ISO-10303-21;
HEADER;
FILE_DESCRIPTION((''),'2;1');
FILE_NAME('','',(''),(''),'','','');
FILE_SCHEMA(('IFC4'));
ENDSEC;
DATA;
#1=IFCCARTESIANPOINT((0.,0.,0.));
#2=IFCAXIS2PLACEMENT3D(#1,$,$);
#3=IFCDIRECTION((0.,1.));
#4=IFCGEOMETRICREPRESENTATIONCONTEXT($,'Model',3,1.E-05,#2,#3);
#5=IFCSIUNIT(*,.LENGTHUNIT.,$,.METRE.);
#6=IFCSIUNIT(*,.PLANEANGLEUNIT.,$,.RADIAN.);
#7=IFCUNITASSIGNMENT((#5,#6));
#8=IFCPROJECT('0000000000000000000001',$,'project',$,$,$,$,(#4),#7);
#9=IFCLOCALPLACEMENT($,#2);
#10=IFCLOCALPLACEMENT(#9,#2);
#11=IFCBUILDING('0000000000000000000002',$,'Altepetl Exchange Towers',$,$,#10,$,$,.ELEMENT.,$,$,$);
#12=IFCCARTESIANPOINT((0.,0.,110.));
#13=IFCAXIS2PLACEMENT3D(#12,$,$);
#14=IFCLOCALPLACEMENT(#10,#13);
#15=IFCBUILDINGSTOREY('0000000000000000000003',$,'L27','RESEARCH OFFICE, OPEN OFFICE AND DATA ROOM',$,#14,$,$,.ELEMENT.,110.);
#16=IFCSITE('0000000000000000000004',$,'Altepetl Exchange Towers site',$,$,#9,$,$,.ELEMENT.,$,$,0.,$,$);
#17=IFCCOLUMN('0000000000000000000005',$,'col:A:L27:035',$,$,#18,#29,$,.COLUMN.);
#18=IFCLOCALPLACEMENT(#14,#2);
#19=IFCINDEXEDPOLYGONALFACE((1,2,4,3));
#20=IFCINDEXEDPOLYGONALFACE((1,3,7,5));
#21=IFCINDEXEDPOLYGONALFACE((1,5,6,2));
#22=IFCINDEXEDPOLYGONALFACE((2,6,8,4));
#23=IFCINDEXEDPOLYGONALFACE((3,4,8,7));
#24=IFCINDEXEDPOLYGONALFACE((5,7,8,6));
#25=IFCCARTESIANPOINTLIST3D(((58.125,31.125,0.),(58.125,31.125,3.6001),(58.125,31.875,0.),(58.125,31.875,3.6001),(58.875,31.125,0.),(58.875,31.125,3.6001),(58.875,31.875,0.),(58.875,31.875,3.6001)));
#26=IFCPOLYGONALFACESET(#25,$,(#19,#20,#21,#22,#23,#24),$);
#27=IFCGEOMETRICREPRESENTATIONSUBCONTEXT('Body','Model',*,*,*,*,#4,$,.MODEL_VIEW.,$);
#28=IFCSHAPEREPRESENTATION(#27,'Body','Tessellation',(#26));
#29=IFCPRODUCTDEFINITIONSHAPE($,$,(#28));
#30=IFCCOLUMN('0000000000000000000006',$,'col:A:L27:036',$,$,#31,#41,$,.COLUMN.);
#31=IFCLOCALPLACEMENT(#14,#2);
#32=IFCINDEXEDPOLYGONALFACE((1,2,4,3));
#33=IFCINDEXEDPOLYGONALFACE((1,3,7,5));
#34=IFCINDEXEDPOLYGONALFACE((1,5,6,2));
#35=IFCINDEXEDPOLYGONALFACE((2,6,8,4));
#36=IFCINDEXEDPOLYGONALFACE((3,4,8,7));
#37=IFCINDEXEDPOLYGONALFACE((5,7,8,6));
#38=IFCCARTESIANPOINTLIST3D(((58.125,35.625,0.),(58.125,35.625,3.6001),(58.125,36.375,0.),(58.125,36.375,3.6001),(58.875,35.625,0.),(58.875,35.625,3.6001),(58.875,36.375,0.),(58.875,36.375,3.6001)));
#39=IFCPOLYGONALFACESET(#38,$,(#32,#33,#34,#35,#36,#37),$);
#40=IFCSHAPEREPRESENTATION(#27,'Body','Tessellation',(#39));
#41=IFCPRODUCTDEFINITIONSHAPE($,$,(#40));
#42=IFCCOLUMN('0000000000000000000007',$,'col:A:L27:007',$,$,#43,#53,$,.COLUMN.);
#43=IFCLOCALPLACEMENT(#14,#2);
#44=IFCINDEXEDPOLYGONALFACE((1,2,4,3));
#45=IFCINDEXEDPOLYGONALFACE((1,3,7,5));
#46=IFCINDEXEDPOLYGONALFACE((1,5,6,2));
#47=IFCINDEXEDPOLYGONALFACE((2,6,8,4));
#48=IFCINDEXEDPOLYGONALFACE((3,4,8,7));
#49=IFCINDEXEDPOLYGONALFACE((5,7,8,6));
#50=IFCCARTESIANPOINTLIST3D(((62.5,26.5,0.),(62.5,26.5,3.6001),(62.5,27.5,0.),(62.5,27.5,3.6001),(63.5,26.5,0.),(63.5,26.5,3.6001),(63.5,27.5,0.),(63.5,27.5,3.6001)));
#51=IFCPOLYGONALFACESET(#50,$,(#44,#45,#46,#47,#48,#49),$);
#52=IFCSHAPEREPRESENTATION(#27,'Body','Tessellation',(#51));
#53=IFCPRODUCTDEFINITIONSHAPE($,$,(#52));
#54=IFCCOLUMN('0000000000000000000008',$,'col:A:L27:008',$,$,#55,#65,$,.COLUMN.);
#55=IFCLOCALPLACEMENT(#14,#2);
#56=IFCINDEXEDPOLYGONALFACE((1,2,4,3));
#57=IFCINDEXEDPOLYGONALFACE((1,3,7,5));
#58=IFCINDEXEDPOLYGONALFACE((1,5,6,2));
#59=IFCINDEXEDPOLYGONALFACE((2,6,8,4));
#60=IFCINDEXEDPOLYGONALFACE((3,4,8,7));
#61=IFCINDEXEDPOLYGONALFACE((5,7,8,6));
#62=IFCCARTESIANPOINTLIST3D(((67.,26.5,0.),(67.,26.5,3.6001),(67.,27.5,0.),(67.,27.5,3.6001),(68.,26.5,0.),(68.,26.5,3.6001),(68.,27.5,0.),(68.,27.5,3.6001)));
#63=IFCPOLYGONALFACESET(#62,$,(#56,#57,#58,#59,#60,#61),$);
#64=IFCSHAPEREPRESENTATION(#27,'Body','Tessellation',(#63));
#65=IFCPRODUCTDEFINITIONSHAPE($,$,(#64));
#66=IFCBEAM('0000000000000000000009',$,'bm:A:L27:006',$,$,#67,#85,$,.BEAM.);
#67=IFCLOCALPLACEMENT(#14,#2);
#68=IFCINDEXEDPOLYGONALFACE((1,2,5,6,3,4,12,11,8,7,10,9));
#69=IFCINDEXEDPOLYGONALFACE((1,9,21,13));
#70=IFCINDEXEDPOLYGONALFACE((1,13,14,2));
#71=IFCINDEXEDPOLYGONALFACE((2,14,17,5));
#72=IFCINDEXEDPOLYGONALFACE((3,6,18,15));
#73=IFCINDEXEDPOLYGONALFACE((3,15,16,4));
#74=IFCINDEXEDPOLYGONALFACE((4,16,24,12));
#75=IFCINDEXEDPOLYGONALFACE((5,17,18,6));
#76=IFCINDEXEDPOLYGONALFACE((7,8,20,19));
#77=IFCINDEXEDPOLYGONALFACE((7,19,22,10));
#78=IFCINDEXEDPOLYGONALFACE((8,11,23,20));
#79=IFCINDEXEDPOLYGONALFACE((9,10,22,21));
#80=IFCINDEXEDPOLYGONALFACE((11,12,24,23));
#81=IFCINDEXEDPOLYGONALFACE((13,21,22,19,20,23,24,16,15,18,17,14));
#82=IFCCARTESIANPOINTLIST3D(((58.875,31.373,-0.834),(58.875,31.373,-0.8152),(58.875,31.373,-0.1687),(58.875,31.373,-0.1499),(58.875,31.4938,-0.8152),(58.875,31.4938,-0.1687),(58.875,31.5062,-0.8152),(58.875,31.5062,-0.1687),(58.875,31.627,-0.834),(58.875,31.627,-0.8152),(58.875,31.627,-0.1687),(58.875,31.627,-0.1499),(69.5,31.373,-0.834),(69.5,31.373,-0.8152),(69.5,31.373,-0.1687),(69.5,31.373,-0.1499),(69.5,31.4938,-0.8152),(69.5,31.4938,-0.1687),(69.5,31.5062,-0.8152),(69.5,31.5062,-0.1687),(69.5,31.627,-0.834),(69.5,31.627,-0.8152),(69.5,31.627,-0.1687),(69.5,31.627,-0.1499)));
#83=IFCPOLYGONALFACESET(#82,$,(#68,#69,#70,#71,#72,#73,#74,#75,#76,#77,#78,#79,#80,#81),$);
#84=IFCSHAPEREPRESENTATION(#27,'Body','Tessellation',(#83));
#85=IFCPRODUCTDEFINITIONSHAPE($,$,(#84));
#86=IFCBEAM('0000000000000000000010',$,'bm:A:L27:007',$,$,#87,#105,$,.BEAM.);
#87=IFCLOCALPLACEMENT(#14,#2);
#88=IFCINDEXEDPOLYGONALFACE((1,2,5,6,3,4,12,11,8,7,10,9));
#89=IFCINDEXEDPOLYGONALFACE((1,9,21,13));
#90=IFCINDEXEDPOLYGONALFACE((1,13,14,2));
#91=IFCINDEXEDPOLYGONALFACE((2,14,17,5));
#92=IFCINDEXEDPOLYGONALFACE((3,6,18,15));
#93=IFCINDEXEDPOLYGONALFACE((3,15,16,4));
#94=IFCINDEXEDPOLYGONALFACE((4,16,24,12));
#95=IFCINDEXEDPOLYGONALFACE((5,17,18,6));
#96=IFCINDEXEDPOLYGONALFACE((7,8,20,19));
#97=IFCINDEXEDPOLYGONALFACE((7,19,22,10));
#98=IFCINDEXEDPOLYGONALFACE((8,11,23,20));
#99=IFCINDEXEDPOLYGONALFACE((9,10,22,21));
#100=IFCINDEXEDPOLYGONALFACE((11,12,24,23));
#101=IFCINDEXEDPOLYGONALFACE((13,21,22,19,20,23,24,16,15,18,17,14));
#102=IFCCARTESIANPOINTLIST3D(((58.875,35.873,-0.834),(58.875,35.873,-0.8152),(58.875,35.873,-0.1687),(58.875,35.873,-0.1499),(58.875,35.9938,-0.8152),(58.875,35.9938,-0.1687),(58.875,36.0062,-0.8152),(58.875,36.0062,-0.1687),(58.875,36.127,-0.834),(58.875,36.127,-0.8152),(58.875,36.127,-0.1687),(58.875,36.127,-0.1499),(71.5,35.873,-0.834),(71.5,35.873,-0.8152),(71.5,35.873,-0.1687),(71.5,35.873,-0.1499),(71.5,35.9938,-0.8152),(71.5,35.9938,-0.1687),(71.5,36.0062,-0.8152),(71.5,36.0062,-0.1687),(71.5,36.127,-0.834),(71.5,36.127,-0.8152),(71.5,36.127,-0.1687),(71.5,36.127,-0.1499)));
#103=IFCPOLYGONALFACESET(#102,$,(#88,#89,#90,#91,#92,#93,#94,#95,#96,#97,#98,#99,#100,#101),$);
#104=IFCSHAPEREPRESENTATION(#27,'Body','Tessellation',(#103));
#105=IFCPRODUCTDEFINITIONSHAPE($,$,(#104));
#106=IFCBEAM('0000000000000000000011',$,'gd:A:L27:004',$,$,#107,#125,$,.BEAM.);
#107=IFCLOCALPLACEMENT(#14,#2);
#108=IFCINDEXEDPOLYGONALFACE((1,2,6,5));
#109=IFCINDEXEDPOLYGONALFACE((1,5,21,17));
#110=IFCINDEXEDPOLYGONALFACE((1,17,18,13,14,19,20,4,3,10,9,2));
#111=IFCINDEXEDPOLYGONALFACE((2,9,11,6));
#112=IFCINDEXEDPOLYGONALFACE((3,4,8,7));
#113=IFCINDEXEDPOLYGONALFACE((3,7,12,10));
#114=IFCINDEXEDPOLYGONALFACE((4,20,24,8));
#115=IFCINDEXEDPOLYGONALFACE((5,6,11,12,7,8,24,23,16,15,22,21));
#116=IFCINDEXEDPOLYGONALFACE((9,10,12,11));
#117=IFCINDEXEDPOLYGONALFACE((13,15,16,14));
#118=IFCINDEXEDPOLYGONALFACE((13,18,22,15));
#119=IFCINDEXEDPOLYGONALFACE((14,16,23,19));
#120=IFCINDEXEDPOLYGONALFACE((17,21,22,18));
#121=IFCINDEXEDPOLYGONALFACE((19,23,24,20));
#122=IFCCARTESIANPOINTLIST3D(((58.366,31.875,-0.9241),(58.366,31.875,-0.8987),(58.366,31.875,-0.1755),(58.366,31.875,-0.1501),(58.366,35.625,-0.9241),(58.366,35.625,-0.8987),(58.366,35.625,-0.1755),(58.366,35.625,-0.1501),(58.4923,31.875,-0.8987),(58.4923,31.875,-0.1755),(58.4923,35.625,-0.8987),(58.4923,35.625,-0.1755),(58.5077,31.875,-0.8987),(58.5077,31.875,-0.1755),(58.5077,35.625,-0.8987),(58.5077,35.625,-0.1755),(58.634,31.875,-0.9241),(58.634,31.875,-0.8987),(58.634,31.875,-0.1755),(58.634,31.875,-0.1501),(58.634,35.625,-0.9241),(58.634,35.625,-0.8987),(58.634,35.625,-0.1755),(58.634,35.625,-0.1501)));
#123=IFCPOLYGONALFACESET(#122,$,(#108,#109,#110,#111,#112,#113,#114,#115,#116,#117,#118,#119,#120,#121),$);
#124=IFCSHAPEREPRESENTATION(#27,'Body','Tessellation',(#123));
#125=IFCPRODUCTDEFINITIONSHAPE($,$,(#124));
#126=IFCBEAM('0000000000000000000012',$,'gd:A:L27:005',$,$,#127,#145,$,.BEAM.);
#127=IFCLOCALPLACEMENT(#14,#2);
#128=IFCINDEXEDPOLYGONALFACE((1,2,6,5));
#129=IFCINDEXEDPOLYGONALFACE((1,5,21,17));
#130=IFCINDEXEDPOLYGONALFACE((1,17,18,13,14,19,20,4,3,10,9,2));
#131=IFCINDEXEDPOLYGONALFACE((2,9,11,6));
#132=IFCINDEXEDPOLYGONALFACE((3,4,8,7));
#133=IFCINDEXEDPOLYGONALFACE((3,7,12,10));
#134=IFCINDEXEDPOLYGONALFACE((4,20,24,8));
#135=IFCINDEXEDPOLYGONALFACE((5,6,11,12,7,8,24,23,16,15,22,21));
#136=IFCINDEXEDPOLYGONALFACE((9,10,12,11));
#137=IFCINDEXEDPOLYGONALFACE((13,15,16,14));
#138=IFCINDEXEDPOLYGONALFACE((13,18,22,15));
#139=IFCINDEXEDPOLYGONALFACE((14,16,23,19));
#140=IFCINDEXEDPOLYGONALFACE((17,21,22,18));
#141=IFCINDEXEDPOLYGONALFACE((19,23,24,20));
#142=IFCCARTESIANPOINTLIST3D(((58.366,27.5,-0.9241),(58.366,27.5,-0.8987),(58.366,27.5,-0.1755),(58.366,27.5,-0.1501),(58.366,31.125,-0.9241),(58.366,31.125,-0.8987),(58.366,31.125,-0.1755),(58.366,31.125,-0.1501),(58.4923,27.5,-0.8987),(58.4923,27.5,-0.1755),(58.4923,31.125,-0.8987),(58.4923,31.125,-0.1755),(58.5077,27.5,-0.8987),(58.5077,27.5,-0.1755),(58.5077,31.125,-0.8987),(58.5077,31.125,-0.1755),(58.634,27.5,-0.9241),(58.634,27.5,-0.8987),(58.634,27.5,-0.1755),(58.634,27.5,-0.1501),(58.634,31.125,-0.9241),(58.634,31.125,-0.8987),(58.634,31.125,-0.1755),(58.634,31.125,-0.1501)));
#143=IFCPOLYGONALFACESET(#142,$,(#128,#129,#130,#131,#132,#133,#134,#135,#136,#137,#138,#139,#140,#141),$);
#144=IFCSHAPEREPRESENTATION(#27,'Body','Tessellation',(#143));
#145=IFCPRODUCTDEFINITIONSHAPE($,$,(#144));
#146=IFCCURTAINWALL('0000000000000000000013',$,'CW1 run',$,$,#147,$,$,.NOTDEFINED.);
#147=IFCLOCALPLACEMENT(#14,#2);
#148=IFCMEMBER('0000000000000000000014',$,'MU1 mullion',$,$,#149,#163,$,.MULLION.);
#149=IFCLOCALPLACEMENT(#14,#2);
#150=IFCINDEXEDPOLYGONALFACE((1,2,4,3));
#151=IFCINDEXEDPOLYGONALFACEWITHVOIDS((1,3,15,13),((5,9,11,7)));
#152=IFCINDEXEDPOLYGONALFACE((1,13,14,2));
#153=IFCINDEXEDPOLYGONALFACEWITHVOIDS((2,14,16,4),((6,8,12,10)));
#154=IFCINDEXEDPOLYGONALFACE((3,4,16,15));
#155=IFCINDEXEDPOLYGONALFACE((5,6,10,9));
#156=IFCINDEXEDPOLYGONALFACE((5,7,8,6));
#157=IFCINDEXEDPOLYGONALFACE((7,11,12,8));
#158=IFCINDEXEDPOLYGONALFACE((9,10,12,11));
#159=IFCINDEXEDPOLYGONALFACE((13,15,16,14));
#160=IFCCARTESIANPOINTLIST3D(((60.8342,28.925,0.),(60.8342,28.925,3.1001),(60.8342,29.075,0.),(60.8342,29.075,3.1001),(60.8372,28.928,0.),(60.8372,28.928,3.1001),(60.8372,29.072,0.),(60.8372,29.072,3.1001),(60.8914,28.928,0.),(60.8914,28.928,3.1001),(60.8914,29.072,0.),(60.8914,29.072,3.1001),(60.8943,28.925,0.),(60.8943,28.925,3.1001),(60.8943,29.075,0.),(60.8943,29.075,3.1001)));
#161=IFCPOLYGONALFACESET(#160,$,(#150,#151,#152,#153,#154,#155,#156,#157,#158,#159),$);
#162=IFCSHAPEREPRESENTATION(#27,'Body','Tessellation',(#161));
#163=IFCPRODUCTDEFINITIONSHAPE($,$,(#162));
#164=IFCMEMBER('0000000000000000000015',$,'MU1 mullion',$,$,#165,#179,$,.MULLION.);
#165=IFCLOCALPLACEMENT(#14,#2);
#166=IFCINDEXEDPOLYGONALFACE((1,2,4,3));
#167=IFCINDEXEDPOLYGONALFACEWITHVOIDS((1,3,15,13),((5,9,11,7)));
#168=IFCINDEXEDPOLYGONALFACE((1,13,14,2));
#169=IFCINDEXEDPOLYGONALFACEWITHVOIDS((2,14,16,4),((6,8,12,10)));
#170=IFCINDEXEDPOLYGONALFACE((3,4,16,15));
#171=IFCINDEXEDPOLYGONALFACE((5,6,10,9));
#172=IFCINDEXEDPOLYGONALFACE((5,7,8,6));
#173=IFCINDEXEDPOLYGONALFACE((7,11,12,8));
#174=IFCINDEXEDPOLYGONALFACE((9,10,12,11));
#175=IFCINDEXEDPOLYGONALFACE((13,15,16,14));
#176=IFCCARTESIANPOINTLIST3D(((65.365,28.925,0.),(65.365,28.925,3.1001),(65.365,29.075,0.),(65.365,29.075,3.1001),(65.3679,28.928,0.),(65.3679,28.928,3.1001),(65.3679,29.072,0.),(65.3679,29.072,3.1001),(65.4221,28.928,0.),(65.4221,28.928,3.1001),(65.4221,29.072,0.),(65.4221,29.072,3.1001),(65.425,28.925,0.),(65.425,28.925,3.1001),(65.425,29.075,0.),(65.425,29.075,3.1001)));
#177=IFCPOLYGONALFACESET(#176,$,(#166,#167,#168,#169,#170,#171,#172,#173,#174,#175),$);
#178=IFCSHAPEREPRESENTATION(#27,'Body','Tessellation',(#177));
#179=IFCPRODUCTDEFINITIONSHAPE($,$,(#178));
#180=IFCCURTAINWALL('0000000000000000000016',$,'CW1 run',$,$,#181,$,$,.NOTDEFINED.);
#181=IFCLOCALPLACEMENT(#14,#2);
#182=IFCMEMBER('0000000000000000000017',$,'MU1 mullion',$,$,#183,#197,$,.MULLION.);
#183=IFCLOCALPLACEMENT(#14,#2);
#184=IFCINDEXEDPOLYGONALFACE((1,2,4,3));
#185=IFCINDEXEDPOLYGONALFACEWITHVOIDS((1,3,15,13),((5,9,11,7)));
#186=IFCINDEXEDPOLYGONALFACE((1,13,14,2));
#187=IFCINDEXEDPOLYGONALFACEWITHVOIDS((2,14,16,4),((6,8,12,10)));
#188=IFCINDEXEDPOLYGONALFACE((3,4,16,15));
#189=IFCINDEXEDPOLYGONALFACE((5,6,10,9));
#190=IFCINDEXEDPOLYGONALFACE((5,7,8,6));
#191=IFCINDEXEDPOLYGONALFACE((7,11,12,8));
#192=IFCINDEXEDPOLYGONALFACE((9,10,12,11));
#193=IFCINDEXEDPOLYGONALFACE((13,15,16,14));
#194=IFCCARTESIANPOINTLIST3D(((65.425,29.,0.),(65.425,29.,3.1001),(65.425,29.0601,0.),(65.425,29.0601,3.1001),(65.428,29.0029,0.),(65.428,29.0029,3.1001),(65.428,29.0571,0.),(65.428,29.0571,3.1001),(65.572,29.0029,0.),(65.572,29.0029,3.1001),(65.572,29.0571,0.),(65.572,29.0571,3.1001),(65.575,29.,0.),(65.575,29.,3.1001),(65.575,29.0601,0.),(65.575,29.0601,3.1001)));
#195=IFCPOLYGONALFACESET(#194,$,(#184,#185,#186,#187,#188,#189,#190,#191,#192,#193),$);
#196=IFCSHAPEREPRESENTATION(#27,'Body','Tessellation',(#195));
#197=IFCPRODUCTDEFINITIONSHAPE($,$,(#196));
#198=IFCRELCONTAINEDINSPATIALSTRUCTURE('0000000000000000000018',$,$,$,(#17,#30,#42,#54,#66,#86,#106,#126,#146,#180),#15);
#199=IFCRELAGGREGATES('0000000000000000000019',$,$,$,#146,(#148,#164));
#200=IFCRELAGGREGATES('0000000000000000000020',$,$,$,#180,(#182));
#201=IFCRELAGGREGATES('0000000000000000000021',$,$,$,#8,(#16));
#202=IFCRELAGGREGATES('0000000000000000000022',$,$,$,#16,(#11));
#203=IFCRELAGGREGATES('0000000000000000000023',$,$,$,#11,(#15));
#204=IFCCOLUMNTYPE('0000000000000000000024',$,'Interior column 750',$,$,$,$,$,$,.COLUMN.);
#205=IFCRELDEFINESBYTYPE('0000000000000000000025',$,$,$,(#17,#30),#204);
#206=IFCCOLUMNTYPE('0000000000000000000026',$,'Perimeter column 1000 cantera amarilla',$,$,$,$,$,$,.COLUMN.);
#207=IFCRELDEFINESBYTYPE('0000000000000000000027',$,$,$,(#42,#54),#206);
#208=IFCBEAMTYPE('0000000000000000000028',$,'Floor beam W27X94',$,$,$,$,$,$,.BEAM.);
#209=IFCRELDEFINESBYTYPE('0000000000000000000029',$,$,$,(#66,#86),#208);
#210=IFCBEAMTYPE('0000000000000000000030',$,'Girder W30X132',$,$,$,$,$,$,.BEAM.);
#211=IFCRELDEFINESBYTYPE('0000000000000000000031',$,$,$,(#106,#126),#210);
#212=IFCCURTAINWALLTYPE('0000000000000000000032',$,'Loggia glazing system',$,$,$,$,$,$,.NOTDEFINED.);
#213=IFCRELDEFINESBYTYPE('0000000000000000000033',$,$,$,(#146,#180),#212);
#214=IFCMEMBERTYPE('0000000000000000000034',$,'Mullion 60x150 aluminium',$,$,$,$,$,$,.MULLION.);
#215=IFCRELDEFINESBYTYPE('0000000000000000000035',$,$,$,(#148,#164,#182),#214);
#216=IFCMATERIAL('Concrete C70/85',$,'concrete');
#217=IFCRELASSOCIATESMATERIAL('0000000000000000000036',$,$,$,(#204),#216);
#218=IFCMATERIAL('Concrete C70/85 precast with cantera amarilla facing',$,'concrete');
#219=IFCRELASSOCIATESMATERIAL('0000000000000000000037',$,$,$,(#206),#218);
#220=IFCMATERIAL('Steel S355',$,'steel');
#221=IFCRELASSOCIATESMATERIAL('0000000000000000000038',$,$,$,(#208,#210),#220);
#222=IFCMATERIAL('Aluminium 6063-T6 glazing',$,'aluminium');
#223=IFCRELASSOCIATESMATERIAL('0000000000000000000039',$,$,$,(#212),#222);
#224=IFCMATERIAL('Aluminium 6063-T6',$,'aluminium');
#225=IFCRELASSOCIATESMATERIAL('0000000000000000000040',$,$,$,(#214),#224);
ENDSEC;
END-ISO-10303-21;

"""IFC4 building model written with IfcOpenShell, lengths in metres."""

from ifc_helpers import new_model, si_unit, direction, frame, origin, origin_2d, place, context, subcontext, project, spatial, rectangle, hollow_rectangle, i_section, extrude, material, material_profile, profile_set, type_object, element, aggregate, save


model = new_model("IFC4")

# Units and contexts
model_context = context("Model", 3, precision=1e-05, world=origin(), true_north=direction((0.0, 1.0)))
body_context = subcontext(model_context, "Body", "Model", "MODEL_VIEW")
ifc_project = project(units=[si_unit("LENGTHUNIT", "METRE"), si_unit("PLANEANGLEUNIT", "RADIAN")], contexts=[model_context])

# Site, building, storey
site_placement = place(None, origin())
site = spatial("IfcSite", under=ifc_project, at=site_placement, Name="Altepetl Exchange Towers site", CompositionType="ELEMENT", RefElevation=0.0)
building_placement = place(site_placement, origin())
building = spatial("IfcBuilding", under=site, at=building_placement, Name="Altepetl Exchange Towers", CompositionType="ELEMENT")
storey_placement = place(building_placement, frame((0.0, 0.0, 110.0)))
storey = spatial("IfcBuildingStorey", under=building, at=storey_placement, Name="L27", Description="RESEARCH OFFICE, OPEN OFFICE AND DATA ROOM", CompositionType="ELEMENT", Elevation=110.0)

# Columns
ifc_material_1 = material(Name="Concrete C70/85", Category="concrete")
ifc_material_profile_1 = material_profile(ifc_material_1, rectangle(XDim=0.75, YDim=0.75, at=origin_2d()), Name="750 x 750")
ifc_profile_set_1 = profile_set([ifc_material_profile_1], Name="Concrete C70/85")
column_type_1 = type_object("IfcColumnType", Name="Interior column 750", PredefinedType="COLUMN", material=ifc_profile_set_1)
for number, where, name in (
    (1, (58.5, 31.5, 0.0), "col:A:L27:035"),
    (2, (58.5, 36.0, 0.0), "col:A:L27:036"),
):
    element("IfcColumn", number, at=place(storey_placement, frame(where)), inside=storey, type_object=column_type_1, Name=name, PredefinedType="COLUMN", context=body_context, shape_type="SweptSolid", body=[
        extrude(rectangle(XDim=0.75, YDim=0.75, at=origin_2d()), origin(), (0.0, 0.0, 1.0), 3.6001),
    ])
ifc_material_2 = material(Name="Concrete C70/85 precast with cantera amarilla facing", Category="concrete")
ifc_material_profile_2 = material_profile(ifc_material_2, rectangle(XDim=1.0, YDim=1.0, at=origin_2d()), Name="1000 x 1000")
ifc_profile_set_2 = profile_set([ifc_material_profile_2], Name="Concrete C70/85 precast with cantera amarilla facing")
column_type_2 = type_object("IfcColumnType", Name="Perimeter column 1000 cantera amarilla", PredefinedType="COLUMN", material=ifc_profile_set_2)
for number, where, name in (
    (3, (63.0, 27.0, 0.0), "col:A:L27:007"),
    (4, (67.5, 27.0, 0.0), "col:A:L27:008"),
):
    element("IfcColumn", number, at=place(storey_placement, frame(where)), inside=storey, type_object=column_type_2, Name=name, PredefinedType="COLUMN", context=body_context, shape_type="SweptSolid", body=[
        extrude(rectangle(XDim=1.0, YDim=1.0, at=origin_2d()), origin(), (0.0, 0.0, 1.0), 3.6001),
    ])

# Beams
ifc_material_3 = material(Name="Steel S355", Category="steel")
ifc_material_profile_3 = material_profile(ifc_material_3, i_section(OverallWidth=0.2539, OverallDepth=0.6841, WebThickness=0.0125, FlangeThickness=0.0188, at=origin_2d()), Name="W27X94")
ifc_profile_set_3 = profile_set([ifc_material_profile_3], Name="Steel S355")
beam_type_1 = type_object("IfcBeamType", Name="Floor beam W27X94", PredefinedType="BEAM", material=ifc_profile_set_3)
beam_1_placement = place(storey_placement, frame((58.875, 31.5, -0.4919), z_axis=(1.0, 0.0, 0.0), x_axis=(0.0, 1.0, 0.0)))
element("IfcBeam", 5, at=beam_1_placement, inside=storey, type_object=beam_type_1, Name="bm:A:L27:006", PredefinedType="BEAM", context=body_context, shape_type="SweptSolid", body=[
    extrude(i_section(OverallWidth=0.2539, OverallDepth=0.6841, WebThickness=0.0125, FlangeThickness=0.0188, at=origin_2d()), origin(), (0.0, 0.0, 1.0), 10.625),
])
beam_2_placement = place(storey_placement, frame((58.875, 36.0, -0.4919), z_axis=(1.0, 0.0, 0.0), x_axis=(0.0, 1.0, 0.0)))
element("IfcBeam", 6, at=beam_2_placement, inside=storey, type_object=beam_type_1, Name="bm:A:L27:007", PredefinedType="BEAM", context=body_context, shape_type="SweptSolid", body=[
    extrude(i_section(OverallWidth=0.2539, OverallDepth=0.6841, WebThickness=0.0125, FlangeThickness=0.0188, at=origin_2d()), origin(), (0.0, 0.0, 1.0), 12.625),
])
ifc_material_profile_4 = material_profile(ifc_material_3, i_section(OverallWidth=0.2681, OverallDepth=0.7739, WebThickness=0.0154, FlangeThickness=0.0254, at=origin_2d()), Name="W30X132")
ifc_profile_set_4 = profile_set([ifc_material_profile_4], Name="Steel S355")
beam_type_2 = type_object("IfcBeamType", Name="Girder W30X132", PredefinedType="BEAM", material=ifc_profile_set_4)
beam_3_placement = place(storey_placement, frame((58.5, 35.625, -0.5371), z_axis=(0.0, -1.0, 0.0), x_axis=(1.0, 0.0, 0.0)))
element("IfcBeam", 7, at=beam_3_placement, inside=storey, type_object=beam_type_2, Name="gd:A:L27:004", PredefinedType="BEAM", context=body_context, shape_type="SweptSolid", body=[
    extrude(i_section(OverallWidth=0.2681, OverallDepth=0.7739, WebThickness=0.0154, FlangeThickness=0.0254, at=origin_2d()), origin(), (0.0, 0.0, 1.0), 3.75),
])
beam_4_placement = place(storey_placement, frame((58.5, 31.125, -0.5371), z_axis=(0.0, -1.0, 0.0), x_axis=(1.0, 0.0, 0.0)))
element("IfcBeam", 8, at=beam_4_placement, inside=storey, type_object=beam_type_2, Name="gd:A:L27:005", PredefinedType="BEAM", context=body_context, shape_type="SweptSolid", body=[
    extrude(i_section(OverallWidth=0.2681, OverallDepth=0.7739, WebThickness=0.0154, FlangeThickness=0.0254, at=origin_2d()), origin(), (0.0, 0.0, 1.0), 3.625),
])

# Curtain walls, members
ifc_material_4 = material(Name="Aluminium 6063-T6 glazing", Category="aluminium")
curtain_wall_type = type_object("IfcCurtainWallType", Name="Loggia glazing system", PredefinedType="NOTDEFINED", material=ifc_material_4)
curtain_wall_1_placement = place(storey_placement, origin())
curtain_wall_1 = element("IfcCurtainWall", 9, at=curtain_wall_1_placement, inside=storey, type_object=curtain_wall_type, Name="CW1 run", PredefinedType="NOTDEFINED")
ifc_material_5 = material(Name="Aluminium 6063-T6", Category="aluminium")
ifc_material_profile_5 = material_profile(ifc_material_5, hollow_rectangle(XDim=0.0601, YDim=0.1499, WallThickness=0.0029, at=origin_2d()), Name="Mullion 60x150 aluminium")
ifc_profile_set_5 = profile_set([ifc_material_profile_5], Name="Aluminium 6063-T6")
member_type = type_object("IfcMemberType", Name="Mullion 60x150 aluminium", PredefinedType="MULLION", material=ifc_profile_set_5)
member_1_placement = place(storey_placement, frame((60.8643, 29.0, 0.0)))
member_1 = element("IfcMember", 10, at=member_1_placement, type_object=member_type, Name="MU1 mullion", PredefinedType="MULLION", context=body_context, shape_type="SweptSolid", body=[
    extrude(hollow_rectangle(XDim=0.0601, YDim=0.1499, WallThickness=0.0029, at=origin_2d()), origin(), (0.0, 0.0, 1.0), 3.1001),
])
member_2_placement = place(storey_placement, frame((65.395, 29.0, 0.0)))
member_2 = element("IfcMember", 11, at=member_2_placement, type_object=member_type, Name="MU1 mullion", PredefinedType="MULLION", context=body_context, shape_type="SweptSolid", body=[
    extrude(hollow_rectangle(XDim=0.0601, YDim=0.1499, WallThickness=0.0029, at=origin_2d()), origin(), (0.0, 0.0, 1.0), 3.1001),
])
curtain_wall_2_placement = place(storey_placement, origin())
curtain_wall_2 = element("IfcCurtainWall", 12, at=curtain_wall_2_placement, inside=storey, type_object=curtain_wall_type, Name="CW1 run", PredefinedType="NOTDEFINED")
member_3_placement = place(storey_placement, frame((65.5, 29.03, 0.0), z_axis=(0.0, 0.0, 1.0), x_axis=(0.0, 1.0, 0.0)))
member_3 = element("IfcMember", 13, at=member_3_placement, type_object=member_type, Name="MU1 mullion", PredefinedType="MULLION", context=body_context, shape_type="SweptSolid", body=[
    extrude(hollow_rectangle(XDim=0.0601, YDim=0.1499, WallThickness=0.0029, at=origin_2d()), origin(), (0.0, 0.0, 1.0), 3.1001),
])

aggregate(curtain_wall_1, [member_1, member_2])
aggregate(curtain_wall_2, [member_3])

save(model, "model.ifc")
